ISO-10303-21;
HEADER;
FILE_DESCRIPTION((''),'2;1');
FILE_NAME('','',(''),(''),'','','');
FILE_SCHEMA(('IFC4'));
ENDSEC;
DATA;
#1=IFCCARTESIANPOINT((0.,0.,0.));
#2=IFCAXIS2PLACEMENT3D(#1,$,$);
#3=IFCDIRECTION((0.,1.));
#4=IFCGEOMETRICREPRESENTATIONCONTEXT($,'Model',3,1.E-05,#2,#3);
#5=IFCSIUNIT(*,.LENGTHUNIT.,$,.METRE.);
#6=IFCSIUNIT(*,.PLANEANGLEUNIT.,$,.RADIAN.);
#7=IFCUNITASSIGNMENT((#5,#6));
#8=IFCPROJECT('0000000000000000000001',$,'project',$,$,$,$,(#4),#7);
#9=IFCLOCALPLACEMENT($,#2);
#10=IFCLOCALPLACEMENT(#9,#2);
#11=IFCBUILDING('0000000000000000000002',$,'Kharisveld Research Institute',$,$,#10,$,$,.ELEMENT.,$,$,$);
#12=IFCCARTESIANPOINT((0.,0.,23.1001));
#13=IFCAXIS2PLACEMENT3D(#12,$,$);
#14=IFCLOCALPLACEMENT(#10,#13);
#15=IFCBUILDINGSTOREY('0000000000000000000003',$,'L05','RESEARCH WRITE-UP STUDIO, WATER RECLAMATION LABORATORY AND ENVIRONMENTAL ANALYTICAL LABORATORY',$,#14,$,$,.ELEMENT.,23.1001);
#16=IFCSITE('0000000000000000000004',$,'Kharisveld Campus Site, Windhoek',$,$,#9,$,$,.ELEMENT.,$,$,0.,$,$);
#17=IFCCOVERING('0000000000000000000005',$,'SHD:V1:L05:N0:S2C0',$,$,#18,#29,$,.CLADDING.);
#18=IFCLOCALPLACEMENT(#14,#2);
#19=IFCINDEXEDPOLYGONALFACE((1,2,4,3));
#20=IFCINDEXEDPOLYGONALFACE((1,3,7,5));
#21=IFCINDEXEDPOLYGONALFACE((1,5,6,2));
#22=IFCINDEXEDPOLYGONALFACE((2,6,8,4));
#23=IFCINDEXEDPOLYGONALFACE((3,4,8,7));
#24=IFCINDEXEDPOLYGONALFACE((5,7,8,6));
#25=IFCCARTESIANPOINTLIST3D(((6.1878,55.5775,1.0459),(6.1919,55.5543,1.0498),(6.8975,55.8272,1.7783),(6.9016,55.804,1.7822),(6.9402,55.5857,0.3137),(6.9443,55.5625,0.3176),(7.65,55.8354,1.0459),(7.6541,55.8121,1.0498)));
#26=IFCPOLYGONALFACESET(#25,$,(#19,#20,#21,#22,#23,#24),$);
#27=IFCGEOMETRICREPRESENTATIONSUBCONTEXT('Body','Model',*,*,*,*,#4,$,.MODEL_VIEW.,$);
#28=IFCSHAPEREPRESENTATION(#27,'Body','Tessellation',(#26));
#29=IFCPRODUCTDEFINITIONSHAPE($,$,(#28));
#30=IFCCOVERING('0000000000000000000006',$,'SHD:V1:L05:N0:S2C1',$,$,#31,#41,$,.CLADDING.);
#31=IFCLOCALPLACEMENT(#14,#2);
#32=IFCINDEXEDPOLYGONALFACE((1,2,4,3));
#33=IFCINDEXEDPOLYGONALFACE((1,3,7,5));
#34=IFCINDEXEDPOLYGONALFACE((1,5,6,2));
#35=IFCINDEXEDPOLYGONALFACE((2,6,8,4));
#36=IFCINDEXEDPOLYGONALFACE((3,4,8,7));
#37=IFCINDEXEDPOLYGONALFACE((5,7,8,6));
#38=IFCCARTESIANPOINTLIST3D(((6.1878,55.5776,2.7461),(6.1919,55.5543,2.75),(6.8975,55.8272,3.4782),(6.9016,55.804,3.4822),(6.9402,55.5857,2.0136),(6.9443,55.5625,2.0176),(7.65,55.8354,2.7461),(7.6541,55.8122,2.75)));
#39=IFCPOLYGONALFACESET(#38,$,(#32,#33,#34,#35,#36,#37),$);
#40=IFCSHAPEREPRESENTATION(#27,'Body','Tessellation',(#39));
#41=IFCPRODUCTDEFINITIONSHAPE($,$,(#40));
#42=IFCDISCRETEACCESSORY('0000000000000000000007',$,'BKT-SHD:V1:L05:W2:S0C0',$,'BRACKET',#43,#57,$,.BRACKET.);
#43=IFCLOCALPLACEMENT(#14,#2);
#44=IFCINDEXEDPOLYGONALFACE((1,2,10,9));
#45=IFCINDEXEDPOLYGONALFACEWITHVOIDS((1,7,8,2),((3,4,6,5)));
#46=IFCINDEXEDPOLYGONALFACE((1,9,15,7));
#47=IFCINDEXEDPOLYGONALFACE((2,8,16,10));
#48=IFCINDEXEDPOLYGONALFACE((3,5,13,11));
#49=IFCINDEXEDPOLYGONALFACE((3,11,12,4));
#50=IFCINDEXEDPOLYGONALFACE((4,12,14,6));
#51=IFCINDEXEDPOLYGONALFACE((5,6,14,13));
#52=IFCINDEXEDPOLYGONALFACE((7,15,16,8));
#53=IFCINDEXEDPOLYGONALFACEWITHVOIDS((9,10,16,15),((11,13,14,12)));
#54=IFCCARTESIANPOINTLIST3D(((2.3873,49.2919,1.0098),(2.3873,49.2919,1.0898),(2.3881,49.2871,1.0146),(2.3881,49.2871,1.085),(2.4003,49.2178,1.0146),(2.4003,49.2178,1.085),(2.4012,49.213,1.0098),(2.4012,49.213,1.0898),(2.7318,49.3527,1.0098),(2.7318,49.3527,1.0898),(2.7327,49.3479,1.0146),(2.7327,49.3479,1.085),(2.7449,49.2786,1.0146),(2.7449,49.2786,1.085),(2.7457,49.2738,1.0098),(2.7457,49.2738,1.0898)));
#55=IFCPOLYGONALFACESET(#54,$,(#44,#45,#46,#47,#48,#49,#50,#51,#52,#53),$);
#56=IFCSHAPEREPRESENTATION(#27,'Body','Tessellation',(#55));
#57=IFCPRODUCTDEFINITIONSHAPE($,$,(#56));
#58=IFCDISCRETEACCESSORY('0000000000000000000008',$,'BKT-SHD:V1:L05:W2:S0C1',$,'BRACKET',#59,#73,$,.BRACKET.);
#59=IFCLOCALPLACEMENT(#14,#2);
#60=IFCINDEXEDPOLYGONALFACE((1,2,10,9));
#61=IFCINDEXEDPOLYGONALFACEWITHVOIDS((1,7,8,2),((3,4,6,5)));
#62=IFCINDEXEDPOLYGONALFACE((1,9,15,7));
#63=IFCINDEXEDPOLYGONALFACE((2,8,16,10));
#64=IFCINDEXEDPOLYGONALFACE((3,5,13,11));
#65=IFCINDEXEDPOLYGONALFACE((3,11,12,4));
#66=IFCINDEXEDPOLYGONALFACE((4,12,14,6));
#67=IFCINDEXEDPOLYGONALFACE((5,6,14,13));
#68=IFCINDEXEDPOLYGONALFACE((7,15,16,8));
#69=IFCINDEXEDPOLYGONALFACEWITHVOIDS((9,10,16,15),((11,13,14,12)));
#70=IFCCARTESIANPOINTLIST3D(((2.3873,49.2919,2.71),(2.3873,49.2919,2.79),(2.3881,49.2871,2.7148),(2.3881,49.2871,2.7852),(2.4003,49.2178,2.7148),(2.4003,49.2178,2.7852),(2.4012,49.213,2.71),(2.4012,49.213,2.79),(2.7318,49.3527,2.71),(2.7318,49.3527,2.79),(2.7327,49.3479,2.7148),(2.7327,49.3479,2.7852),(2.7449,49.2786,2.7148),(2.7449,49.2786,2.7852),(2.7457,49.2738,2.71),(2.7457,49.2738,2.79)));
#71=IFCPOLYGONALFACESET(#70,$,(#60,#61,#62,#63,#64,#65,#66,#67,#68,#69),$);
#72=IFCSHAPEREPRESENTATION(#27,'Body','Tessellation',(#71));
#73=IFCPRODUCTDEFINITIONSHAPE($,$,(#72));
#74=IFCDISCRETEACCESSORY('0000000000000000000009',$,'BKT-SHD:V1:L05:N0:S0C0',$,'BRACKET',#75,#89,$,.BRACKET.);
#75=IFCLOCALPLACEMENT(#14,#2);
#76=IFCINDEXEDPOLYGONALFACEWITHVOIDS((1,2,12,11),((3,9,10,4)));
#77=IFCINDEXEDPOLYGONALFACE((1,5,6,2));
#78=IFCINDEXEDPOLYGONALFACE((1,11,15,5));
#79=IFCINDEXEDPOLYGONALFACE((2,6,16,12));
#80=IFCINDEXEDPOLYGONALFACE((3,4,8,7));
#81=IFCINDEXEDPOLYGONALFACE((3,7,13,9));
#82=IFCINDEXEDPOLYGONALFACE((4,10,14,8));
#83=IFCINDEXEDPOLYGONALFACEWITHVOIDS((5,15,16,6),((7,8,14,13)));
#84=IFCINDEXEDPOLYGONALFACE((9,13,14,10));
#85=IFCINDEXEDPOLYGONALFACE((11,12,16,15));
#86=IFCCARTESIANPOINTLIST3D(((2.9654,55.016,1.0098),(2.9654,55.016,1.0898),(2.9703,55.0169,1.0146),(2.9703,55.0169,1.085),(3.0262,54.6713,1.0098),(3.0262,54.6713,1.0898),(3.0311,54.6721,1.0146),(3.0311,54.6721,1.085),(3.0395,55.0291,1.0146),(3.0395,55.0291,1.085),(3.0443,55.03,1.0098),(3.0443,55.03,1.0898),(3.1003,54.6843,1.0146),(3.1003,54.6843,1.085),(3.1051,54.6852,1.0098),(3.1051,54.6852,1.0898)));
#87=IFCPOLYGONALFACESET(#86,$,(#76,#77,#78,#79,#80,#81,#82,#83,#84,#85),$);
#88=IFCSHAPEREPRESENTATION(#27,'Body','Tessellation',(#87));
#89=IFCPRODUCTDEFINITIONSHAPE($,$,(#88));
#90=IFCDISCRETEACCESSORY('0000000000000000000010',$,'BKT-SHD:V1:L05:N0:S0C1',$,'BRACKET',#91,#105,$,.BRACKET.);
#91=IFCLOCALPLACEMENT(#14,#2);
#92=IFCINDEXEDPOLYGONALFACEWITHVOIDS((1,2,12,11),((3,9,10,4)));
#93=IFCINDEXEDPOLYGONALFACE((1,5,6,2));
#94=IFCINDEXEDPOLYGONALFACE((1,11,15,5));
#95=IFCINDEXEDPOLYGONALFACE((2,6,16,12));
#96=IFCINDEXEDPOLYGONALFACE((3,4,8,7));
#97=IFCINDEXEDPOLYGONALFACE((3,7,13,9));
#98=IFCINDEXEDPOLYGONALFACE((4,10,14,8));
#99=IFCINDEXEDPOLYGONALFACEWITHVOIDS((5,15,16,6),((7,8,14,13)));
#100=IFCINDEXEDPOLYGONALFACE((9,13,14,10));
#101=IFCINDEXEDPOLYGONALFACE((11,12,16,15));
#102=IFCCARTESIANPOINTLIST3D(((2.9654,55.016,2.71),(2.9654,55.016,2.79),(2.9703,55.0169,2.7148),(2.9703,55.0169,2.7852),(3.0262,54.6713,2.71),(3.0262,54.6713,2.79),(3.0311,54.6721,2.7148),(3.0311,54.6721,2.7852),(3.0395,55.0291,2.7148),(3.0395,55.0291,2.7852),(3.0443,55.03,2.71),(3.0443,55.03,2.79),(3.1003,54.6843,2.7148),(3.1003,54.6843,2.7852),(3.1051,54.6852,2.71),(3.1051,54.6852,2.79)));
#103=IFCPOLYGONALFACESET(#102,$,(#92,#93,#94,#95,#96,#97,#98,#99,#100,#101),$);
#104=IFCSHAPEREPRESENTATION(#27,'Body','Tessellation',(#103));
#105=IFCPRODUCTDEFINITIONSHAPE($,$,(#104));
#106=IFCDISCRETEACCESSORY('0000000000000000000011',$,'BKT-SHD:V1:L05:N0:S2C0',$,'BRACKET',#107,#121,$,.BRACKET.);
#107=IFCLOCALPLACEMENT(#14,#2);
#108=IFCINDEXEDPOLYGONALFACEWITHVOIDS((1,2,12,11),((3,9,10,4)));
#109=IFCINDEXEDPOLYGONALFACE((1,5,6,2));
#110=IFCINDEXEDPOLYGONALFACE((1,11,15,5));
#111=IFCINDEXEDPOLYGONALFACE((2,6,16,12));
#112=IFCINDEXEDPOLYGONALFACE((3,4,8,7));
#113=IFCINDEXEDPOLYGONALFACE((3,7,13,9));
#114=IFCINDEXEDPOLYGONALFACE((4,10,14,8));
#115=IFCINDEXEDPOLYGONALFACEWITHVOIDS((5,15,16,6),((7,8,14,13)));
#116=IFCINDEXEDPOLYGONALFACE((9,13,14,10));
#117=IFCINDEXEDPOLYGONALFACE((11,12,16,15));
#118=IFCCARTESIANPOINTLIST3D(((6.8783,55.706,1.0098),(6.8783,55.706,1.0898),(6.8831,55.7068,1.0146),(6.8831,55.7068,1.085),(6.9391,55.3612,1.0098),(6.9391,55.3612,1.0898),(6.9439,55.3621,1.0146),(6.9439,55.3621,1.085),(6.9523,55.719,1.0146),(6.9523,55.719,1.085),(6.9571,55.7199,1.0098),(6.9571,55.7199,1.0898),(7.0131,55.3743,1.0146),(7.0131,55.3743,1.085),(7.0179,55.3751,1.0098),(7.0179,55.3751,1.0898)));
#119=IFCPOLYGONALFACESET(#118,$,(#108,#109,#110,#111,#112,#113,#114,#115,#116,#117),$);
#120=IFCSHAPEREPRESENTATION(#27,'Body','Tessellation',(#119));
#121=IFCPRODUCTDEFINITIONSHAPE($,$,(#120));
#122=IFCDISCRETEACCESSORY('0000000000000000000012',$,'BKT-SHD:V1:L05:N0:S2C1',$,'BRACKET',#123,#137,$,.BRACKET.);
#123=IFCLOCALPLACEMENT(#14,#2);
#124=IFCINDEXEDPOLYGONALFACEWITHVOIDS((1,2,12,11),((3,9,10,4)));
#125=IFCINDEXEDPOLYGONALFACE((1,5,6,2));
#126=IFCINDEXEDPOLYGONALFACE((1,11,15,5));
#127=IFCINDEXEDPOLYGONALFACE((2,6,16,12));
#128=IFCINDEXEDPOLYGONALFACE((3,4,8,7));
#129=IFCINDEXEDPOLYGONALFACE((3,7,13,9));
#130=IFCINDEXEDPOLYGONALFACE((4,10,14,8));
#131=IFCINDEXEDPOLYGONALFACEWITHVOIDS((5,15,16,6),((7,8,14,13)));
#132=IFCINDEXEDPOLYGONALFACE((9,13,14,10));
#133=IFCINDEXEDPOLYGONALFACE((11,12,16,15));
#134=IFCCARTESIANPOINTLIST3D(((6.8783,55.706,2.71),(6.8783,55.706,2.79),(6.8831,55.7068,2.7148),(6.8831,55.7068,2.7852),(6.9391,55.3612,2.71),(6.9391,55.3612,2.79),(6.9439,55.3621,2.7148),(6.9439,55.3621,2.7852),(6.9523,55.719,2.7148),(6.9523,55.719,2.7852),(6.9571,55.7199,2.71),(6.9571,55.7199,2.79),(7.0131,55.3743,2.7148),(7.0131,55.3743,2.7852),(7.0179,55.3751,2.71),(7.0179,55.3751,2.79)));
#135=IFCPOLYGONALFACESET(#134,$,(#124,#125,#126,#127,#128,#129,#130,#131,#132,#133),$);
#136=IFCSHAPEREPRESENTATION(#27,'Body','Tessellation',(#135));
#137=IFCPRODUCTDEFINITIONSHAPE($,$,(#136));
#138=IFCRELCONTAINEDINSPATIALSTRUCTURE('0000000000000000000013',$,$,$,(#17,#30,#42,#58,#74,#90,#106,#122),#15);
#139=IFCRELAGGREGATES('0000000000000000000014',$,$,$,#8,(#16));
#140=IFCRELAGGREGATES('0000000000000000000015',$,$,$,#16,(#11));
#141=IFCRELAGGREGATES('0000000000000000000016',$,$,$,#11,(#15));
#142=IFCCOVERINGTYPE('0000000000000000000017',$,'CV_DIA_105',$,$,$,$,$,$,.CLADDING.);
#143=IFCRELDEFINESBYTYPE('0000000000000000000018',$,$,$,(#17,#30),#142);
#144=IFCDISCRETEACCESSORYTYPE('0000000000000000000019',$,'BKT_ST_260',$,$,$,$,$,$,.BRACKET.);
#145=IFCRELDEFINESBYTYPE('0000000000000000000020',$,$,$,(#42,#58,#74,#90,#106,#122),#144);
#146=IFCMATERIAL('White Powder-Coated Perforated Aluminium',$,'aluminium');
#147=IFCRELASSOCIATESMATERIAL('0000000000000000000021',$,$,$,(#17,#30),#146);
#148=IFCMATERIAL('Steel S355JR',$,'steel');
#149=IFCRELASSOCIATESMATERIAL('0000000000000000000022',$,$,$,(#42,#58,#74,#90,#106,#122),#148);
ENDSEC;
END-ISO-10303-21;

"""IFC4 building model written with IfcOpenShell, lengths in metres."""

from ifc_helpers import new_model, si_unit, direction, frame, origin, origin_2d, place, context, subcontext, project, spatial, polyline, hollow_rectangle, outline, extrude, material, type_object, element, save


model = new_model("IFC4")

# Units and contexts
model_context = context("Model", 3, precision=1e-05, world=origin(), true_north=direction((0.0, 1.0)))
body_context = subcontext(model_context, "Body", "Model", "MODEL_VIEW")
ifc_project = project(units=[si_unit("LENGTHUNIT", "METRE"), si_unit("PLANEANGLEUNIT", "RADIAN")], contexts=[model_context])

# Site, building, storey
site_placement = place(None, origin())
site = spatial("IfcSite", under=ifc_project, at=site_placement, Name="Kharisveld Campus Site, Windhoek", CompositionType="ELEMENT", RefElevation=0.0)
building_placement = place(site_placement, origin())
building = spatial("IfcBuilding", under=site, at=building_placement, Name="Kharisveld Research Institute", CompositionType="ELEMENT")
storey_placement = place(building_placement, frame((0.0, 0.0, 23.1001)))
storey = spatial("IfcBuildingStorey", under=building, at=storey_placement, Name="L05", Description="RESEARCH WRITE-UP STUDIO, WATER RECLAMATION LABORATORY AND ENVIRONMENTAL ANALYTICAL LABORATORY", CompositionType="ELEMENT", Elevation=23.1001)

# Coverings
ifc_material_1 = material(Name="White Powder-Coated Perforated Aluminium", Category="aluminium")
covering_type = type_object("IfcCoveringType", Name="CV_DIA_105", PredefinedType="CLADDING")
covering_1_placement = place(storey_placement, frame((6.9443, 55.5625, 0.3176), z_axis=(0.171261, -0.97129, 0.165124), x_axis=(0.676048, 0.237771, 0.697441)))
element("IfcCovering", 1, at=covering_1_placement, inside=storey, type_object=covering_type, material=ifc_material_1, Name="SHD:V1:L05:N0:S2C0", PredefinedType="CLADDING", context=body_context, shape_type="SweptSolid", body=[
    extrude(outline(polyline([(0.0, 0.0), (1.0498, 0.0), (1.05, 1.0501), (0.0, 1.0499), (0.0, 0.0)])), origin(), (0.0, 0.0, -1.0), 0.0239),
])
covering_2_placement = place(storey_placement, frame((6.9443, 55.5625, 2.0176), z_axis=(0.171261, -0.97129, 0.165124), x_axis=(0.675931, 0.23777, 0.697555)))
element("IfcCovering", 2, at=covering_2_placement, inside=storey, type_object=covering_type, material=ifc_material_1, Name="SHD:V1:L05:N0:S2C1", PredefinedType="CLADDING", context=body_context, shape_type="SweptSolid", body=[
    extrude(outline(polyline([(0.0, 0.0), (1.05, 0.0), (1.0502, 1.0499), (0.0004, 1.0501), (0.0, 0.0)])), origin(), (0.0, 0.0, -1.0), 0.0239),
])

# Discrete accessories
ifc_material_2 = material(Name="Steel S355JR", Category="steel")
discrete_accessory_type = type_object("IfcDiscreteAccessoryType", Name="BKT_ST_260", PredefinedType="BRACKET")
for number, where, z_axis, x_axis, name in (
    (3, (2.7388, 49.3132, 1.0498), (-0.984784, -0.173785, 0.0), (0.173785, -0.984784, 0.0), "BKT-SHD:V1:L05:W2:S0C0"),
    (4, (2.7388, 49.3132, 2.75), (-0.984784, -0.173785, 0.0), (0.173785, -0.984784, 0.0), "BKT-SHD:V1:L05:W2:S0C1"),
):
    element("IfcDiscreteAccessory", number, at=place(storey_placement, frame(where, z_axis=z_axis, x_axis=x_axis)), inside=storey, type_object=discrete_accessory_type, material=ifc_material_2, Name=name, ObjectType="BRACKET", PredefinedType="BRACKET", context=body_context, shape_type="SweptSolid", body=[
        extrude(hollow_rectangle(XDim=0.0801, YDim=0.0801, WallThickness=0.0049, at=origin_2d()), origin(), (0.0, 0.0, 1.0), 0.3499),
    ])
for number, where, z_axis, x_axis, name in (
    (5, (3.0657, 54.6782, 1.0498), (-0.173666, 0.984805, 0.0), (-0.984805, -0.173666, 0.0), "BKT-SHD:V1:L05:N0:S0C0"),
    (6, (3.0657, 54.6782, 2.75), (-0.173666, 0.984805, 0.0), (-0.984805, -0.173666, 0.0), "BKT-SHD:V1:L05:N0:S0C1"),
    (7, (6.9785, 55.3682, 1.0498), (-0.173666, 0.984805, 0.0), (-0.984805, -0.173666, 0.0), "BKT-SHD:V1:L05:N0:S2C0"),
    (8, (6.9785, 55.3682, 2.75), (-0.173666, 0.984805, 0.0), (-0.984805, -0.173666, 0.0), "BKT-SHD:V1:L05:N0:S2C1"),
):
    element("IfcDiscreteAccessory", number, at=place(storey_placement, frame(where, z_axis=z_axis, x_axis=x_axis)), inside=storey, type_object=discrete_accessory_type, material=ifc_material_2, Name=name, ObjectType="BRACKET", PredefinedType="BRACKET", context=body_context, shape_type="SweptSolid", body=[
        extrude(hollow_rectangle(XDim=0.0801, YDim=0.0801, WallThickness=0.0049, at=origin_2d()), origin(), (0.0, 0.0, 1.0), 0.3501),
    ])

save(model, "model.ifc")
